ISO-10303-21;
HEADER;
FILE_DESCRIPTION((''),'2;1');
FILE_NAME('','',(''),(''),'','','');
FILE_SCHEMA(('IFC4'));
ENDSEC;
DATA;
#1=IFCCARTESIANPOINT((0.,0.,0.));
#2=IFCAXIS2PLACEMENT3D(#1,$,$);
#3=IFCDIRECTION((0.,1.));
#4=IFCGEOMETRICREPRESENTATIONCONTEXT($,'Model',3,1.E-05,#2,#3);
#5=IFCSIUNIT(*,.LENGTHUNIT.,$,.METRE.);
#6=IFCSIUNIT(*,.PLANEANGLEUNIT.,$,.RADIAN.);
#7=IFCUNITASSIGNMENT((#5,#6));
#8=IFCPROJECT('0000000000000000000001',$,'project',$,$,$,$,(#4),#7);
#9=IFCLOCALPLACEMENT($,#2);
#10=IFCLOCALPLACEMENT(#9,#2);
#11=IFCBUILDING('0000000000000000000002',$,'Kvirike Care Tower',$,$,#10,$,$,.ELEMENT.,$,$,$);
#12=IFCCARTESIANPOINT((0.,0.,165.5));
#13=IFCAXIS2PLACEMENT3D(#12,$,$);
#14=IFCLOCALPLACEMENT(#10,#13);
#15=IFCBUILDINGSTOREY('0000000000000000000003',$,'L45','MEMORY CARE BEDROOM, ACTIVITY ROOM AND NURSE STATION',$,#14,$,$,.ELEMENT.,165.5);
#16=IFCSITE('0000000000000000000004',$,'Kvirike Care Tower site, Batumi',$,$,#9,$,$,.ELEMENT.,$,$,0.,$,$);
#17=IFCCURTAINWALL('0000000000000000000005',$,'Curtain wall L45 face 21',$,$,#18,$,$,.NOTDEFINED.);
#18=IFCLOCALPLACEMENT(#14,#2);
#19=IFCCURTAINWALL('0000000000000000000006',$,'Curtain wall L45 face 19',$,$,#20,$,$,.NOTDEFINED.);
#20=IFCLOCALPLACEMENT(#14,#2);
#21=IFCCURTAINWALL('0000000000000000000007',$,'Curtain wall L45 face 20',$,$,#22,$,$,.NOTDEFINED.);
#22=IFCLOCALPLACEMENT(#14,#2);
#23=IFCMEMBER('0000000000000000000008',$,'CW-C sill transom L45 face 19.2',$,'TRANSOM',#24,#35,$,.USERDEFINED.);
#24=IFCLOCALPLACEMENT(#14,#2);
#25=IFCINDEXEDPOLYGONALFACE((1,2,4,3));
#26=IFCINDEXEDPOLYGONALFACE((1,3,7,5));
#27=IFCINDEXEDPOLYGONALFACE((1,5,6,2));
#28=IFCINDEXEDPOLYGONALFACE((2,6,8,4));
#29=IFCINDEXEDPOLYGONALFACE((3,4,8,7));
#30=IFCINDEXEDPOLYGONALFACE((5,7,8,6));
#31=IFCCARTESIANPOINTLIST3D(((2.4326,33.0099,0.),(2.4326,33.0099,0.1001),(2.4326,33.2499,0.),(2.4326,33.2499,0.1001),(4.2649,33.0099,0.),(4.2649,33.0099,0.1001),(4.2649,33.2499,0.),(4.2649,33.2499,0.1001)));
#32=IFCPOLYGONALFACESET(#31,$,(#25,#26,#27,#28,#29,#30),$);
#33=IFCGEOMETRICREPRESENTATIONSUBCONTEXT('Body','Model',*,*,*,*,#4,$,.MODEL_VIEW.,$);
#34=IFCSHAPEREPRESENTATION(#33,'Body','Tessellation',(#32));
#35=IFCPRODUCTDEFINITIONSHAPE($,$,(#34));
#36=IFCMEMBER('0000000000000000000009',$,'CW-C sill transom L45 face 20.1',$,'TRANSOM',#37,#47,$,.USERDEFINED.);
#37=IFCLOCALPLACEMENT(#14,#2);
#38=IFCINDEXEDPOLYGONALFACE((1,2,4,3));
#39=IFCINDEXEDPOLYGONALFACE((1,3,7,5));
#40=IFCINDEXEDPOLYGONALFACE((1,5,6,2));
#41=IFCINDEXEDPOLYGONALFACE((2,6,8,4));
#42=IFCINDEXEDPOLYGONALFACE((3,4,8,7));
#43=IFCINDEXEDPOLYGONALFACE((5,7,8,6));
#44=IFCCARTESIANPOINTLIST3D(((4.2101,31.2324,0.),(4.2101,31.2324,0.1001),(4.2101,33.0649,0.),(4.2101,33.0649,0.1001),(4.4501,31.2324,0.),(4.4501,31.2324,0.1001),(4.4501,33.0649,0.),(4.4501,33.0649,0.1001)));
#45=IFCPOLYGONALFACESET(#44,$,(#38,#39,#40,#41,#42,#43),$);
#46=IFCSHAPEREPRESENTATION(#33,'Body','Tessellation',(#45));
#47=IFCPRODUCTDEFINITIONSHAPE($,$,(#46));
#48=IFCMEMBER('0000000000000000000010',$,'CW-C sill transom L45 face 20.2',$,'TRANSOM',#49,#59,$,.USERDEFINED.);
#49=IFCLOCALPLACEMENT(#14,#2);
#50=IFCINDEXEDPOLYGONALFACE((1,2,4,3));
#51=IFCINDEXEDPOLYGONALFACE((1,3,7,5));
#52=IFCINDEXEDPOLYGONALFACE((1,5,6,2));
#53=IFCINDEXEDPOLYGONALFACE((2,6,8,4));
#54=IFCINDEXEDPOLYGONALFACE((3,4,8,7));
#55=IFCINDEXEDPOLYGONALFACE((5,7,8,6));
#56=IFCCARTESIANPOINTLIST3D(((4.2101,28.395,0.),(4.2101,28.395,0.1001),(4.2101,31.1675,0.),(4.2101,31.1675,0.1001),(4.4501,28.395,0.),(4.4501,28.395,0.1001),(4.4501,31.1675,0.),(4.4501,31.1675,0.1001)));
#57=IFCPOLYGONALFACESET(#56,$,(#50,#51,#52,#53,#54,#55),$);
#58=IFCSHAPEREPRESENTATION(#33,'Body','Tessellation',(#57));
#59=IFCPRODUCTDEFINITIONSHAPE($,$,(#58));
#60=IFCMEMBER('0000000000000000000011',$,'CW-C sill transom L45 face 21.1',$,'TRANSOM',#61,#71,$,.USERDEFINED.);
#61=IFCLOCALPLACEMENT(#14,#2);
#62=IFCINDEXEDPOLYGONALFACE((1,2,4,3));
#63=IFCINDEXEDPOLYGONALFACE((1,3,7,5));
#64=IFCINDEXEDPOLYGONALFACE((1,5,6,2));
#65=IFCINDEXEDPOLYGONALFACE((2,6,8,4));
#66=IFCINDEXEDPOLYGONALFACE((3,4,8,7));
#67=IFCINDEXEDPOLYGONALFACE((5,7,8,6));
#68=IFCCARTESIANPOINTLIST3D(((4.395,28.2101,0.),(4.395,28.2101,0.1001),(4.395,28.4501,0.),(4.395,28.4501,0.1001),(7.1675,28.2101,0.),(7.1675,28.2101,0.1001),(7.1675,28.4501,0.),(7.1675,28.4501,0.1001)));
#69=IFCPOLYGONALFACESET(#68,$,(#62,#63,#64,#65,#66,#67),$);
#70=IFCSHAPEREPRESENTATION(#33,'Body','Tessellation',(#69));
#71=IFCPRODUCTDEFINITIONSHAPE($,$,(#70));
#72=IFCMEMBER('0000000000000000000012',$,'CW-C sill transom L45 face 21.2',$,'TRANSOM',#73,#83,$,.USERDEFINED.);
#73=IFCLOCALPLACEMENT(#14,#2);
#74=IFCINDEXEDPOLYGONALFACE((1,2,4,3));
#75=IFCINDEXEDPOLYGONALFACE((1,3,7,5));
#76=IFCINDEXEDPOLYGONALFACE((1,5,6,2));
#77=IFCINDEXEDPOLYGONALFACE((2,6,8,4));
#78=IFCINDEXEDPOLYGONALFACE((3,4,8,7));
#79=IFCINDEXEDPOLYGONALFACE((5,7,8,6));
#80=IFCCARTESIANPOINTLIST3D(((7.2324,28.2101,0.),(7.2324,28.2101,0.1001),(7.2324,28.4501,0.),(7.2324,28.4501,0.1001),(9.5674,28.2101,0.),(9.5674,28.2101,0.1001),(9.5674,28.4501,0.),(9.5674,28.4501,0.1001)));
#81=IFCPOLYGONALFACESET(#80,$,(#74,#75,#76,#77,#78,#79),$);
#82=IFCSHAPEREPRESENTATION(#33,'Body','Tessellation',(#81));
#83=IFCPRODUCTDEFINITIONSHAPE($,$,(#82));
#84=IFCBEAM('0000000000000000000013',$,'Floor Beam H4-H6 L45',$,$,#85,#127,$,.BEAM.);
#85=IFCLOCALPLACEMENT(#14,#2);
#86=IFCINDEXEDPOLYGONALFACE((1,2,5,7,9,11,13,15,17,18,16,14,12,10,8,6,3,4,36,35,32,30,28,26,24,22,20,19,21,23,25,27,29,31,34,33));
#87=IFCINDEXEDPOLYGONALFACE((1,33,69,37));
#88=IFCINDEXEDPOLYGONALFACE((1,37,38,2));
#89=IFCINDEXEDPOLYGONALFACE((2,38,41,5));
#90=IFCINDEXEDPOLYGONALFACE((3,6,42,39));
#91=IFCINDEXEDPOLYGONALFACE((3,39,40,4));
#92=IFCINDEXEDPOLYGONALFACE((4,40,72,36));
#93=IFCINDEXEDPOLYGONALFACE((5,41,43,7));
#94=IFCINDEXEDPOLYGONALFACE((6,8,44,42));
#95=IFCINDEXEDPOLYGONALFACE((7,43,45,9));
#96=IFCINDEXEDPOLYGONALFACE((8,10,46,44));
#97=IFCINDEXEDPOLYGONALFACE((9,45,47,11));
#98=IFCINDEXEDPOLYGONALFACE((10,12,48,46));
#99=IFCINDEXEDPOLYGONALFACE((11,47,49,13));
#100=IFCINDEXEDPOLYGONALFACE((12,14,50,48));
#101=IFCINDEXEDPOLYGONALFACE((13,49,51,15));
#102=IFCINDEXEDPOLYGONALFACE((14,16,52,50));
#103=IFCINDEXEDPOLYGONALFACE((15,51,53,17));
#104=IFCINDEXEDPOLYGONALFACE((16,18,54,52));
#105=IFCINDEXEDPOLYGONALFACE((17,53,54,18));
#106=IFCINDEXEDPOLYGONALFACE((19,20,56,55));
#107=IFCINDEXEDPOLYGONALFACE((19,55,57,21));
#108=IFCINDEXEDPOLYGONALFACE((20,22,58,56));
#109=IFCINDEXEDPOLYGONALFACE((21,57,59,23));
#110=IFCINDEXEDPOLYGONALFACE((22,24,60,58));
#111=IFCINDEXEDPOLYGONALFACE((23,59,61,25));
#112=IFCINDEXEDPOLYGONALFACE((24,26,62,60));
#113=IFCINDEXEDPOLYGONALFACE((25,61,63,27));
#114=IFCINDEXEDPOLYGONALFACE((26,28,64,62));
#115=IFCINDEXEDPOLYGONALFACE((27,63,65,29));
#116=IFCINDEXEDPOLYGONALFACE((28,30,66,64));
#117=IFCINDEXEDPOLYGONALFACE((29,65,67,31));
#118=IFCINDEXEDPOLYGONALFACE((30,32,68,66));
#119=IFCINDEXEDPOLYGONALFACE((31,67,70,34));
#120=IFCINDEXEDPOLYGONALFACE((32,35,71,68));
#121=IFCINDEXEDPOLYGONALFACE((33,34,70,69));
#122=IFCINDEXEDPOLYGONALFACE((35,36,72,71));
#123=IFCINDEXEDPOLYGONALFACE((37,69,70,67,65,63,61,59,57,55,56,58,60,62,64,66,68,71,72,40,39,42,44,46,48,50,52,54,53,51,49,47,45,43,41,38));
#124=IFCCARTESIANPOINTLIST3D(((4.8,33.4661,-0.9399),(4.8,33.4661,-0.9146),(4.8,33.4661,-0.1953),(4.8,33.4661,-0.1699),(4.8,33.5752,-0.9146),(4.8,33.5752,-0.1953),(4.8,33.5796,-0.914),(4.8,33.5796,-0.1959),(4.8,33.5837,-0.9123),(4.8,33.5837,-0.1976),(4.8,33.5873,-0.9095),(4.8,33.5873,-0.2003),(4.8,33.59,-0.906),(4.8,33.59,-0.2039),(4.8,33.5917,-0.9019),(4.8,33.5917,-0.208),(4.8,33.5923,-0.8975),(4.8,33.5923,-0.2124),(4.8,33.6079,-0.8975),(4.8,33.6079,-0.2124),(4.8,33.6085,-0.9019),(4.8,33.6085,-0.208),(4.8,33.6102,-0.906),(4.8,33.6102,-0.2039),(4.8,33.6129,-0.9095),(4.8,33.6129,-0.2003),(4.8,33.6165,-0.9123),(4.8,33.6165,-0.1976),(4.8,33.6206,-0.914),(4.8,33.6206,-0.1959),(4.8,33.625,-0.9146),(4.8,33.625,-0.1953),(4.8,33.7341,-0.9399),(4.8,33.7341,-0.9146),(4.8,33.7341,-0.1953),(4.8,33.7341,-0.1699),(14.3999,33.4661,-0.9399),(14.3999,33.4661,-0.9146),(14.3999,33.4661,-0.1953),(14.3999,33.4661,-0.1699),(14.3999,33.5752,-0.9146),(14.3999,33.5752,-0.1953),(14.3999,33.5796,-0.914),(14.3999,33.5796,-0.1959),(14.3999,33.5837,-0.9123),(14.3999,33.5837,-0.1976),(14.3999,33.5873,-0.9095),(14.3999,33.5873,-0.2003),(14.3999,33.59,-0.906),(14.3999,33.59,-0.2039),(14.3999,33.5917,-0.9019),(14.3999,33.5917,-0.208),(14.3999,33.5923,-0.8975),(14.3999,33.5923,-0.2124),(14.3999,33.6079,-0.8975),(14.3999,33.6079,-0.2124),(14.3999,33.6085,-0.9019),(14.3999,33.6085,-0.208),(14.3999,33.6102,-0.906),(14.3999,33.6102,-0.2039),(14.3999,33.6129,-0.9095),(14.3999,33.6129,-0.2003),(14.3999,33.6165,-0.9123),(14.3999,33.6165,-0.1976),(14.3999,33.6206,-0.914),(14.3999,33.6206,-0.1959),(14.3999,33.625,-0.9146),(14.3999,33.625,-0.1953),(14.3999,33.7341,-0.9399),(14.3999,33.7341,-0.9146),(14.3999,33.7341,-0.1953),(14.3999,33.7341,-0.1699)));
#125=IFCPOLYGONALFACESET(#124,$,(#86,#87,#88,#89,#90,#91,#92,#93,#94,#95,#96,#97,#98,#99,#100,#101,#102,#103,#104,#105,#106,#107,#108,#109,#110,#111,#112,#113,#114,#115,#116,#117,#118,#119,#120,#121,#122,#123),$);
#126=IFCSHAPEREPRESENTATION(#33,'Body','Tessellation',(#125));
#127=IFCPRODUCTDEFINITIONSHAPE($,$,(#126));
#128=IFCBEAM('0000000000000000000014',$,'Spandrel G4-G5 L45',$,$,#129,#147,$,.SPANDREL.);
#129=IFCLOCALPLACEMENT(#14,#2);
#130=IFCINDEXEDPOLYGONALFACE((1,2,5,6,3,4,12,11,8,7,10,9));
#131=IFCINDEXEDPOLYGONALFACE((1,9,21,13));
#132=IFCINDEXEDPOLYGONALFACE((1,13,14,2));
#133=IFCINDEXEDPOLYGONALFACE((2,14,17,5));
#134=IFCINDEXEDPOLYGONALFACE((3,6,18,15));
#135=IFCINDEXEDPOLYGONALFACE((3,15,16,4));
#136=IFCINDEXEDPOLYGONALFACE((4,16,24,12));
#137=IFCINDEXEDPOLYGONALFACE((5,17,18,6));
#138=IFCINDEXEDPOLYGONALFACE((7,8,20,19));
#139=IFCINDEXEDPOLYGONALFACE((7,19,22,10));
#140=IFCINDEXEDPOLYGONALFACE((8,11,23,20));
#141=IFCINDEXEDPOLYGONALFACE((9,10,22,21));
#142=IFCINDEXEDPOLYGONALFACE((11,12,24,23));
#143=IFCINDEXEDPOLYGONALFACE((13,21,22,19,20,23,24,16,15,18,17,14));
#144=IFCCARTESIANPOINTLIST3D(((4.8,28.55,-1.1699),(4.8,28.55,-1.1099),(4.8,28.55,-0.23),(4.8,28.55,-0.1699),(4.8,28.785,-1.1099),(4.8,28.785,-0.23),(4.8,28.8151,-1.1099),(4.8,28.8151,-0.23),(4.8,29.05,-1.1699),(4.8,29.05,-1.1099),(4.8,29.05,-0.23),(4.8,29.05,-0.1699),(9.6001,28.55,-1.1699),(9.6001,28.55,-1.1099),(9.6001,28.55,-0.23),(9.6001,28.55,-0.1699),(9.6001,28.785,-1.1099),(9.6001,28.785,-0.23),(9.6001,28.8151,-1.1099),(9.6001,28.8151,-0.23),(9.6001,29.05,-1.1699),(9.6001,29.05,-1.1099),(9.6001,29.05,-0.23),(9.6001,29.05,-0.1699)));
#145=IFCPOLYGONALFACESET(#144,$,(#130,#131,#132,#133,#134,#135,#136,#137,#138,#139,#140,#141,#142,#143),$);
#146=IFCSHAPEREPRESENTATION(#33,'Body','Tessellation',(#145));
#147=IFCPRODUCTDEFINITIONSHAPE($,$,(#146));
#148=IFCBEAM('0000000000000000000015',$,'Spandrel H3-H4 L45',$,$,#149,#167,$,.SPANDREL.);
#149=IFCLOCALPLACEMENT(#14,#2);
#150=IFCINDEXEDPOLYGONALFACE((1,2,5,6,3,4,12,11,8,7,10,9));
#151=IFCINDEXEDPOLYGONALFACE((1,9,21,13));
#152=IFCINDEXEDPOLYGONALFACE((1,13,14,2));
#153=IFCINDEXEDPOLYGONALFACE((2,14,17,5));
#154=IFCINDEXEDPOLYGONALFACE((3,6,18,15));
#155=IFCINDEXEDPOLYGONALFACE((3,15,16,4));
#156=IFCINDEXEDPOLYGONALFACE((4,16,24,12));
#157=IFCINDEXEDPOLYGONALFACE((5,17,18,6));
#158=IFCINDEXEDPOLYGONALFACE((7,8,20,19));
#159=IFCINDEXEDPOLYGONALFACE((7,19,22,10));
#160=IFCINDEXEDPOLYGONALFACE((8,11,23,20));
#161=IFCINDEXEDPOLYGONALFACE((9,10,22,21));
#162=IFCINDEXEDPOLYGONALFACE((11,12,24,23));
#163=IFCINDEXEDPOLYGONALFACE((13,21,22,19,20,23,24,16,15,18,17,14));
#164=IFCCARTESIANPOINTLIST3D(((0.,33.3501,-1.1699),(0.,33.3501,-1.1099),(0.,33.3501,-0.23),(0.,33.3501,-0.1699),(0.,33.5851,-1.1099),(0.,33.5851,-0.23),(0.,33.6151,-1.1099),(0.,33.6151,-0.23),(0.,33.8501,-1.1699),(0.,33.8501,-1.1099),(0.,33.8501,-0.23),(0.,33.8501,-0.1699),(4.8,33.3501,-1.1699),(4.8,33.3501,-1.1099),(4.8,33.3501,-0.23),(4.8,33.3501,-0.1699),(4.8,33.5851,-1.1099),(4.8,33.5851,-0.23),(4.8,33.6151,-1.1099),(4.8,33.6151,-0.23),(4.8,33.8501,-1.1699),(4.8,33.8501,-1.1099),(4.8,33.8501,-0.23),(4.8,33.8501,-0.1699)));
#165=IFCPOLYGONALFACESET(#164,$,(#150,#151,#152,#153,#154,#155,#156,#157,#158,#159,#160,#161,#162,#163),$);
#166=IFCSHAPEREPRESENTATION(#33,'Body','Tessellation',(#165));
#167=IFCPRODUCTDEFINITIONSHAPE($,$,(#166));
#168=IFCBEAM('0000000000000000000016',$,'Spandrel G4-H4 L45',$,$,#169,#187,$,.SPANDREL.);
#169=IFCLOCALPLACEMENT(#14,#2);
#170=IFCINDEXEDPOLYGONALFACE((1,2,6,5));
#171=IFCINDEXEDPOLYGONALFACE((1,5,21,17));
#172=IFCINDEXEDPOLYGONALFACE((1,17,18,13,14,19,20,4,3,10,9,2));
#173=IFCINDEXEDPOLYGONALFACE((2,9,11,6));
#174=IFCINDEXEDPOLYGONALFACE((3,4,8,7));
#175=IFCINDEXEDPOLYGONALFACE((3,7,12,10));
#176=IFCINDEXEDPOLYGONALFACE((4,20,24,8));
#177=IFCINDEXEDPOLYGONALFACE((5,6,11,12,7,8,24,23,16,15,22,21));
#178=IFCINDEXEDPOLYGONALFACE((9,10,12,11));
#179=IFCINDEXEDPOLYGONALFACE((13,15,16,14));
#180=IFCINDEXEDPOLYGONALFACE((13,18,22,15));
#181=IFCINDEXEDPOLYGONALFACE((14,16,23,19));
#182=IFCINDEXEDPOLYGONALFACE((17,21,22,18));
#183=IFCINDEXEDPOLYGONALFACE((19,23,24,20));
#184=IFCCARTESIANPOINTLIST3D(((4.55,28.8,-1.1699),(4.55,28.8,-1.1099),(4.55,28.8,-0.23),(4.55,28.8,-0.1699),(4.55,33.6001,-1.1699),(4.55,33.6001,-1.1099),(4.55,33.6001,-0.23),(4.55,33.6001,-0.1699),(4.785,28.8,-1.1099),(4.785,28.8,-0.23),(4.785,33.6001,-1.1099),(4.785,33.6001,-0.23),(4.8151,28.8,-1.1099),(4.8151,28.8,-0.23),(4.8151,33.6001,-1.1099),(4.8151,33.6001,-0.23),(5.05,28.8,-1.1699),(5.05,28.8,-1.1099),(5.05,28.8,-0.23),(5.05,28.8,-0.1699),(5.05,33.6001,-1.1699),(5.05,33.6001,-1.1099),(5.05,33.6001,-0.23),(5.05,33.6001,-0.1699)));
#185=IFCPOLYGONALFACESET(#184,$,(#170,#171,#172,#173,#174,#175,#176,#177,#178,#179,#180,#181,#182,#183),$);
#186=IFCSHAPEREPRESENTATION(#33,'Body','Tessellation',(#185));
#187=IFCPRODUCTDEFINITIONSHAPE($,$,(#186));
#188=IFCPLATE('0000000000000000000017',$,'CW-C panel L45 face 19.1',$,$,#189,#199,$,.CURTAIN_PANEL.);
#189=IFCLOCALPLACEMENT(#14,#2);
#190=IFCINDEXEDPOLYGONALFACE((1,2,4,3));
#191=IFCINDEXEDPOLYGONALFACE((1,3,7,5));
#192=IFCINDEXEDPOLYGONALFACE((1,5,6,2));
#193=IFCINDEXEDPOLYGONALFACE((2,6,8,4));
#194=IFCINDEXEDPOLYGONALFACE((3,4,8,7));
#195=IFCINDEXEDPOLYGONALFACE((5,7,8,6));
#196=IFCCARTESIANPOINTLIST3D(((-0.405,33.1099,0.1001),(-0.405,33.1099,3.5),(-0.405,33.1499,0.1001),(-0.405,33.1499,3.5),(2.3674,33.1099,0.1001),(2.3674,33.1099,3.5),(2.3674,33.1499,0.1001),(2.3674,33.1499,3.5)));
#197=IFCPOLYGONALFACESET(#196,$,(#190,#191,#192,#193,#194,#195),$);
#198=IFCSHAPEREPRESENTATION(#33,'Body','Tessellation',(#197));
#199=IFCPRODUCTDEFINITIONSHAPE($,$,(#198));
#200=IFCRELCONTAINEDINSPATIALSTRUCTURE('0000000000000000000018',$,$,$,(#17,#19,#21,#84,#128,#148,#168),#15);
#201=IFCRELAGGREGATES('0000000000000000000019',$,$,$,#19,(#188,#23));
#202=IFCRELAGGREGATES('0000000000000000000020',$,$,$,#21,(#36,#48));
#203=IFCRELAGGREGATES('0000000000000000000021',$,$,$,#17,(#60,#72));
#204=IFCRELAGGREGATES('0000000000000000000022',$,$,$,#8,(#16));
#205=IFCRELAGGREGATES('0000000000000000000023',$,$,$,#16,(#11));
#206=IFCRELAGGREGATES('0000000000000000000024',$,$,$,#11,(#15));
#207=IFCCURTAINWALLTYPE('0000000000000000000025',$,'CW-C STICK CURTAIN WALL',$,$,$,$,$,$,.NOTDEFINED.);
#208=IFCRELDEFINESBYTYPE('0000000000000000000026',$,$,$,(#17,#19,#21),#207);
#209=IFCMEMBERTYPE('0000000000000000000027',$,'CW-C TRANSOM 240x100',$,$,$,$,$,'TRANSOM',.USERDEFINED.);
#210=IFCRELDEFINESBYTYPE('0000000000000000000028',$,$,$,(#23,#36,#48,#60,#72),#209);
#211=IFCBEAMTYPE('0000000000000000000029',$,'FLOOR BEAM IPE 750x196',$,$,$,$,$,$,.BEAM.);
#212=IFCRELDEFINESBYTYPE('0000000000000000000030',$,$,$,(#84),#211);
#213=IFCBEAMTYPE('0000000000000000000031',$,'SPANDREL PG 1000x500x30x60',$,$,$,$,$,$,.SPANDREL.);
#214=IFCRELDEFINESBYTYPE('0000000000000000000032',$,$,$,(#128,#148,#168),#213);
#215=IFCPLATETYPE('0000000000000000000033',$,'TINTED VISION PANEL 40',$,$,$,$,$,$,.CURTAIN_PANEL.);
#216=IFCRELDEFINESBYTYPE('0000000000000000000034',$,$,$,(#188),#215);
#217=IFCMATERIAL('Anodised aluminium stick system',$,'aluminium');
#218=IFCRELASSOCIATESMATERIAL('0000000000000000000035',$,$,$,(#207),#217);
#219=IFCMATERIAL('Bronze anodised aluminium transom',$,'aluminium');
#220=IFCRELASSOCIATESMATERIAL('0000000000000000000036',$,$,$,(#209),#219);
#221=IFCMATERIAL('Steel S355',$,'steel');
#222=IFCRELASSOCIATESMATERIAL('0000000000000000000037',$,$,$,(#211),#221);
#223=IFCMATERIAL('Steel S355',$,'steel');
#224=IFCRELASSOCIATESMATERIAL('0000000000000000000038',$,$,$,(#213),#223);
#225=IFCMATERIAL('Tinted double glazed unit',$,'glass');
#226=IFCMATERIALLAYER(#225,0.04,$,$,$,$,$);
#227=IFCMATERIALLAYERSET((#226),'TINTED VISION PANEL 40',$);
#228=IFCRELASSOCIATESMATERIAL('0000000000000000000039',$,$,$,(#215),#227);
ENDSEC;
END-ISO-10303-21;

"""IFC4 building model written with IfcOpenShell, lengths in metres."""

from ifc_helpers import new_model, si_unit, direction, frame, origin, origin_2d, place, context, subcontext, project, spatial, rectangle, i_section, extrude, material, layer, layer_set, material_profile, profile_set, type_object, element, aggregate, save


model = new_model("IFC4")

# Units and contexts
model_context = context("Model", 3, precision=1e-05, world=origin(), true_north=direction((0.0, 1.0)))
body_context = subcontext(model_context, "Body", "Model", "MODEL_VIEW")
ifc_project = project(units=[si_unit("LENGTHUNIT", "METRE"), si_unit("PLANEANGLEUNIT", "RADIAN")], contexts=[model_context])

# Site, building, storey
site_placement = place(None, origin())
site = spatial("IfcSite", under=ifc_project, at=site_placement, Name="Kvirike Care Tower site, Batumi", CompositionType="ELEMENT", RefElevation=0.0)
building_placement = place(site_placement, origin())
building = spatial("IfcBuilding", under=site, at=building_placement, Name="Kvirike Care Tower", CompositionType="ELEMENT")
storey_placement = place(building_placement, frame((0.0, 0.0, 165.5)))
storey = spatial("IfcBuildingStorey", under=building, at=storey_placement, Name="L45", Description="MEMORY CARE BEDROOM, ACTIVITY ROOM AND NURSE STATION", CompositionType="ELEMENT", Elevation=165.5)

# Curtain wall
ifc_material_1 = material(Name="Anodised aluminium stick system", Category="aluminium")
curtain_wall_type = type_object("IfcCurtainWallType", Name="CW-C STICK CURTAIN WALL", PredefinedType="NOTDEFINED", material=ifc_material_1)
curtain_wall_1_placement = place(storey_placement, origin())
curtain_wall_1 = element("IfcCurtainWall", 1, at=curtain_wall_1_placement, inside=storey, type_object=curtain_wall_type, Name="Curtain wall L45 face 21", PredefinedType="NOTDEFINED")

# Curtain walls
curtain_wall_2_placement = place(storey_placement, origin())
curtain_wall_2 = element("IfcCurtainWall", 2, at=curtain_wall_2_placement, inside=storey, type_object=curtain_wall_type, Name="Curtain wall L45 face 19", PredefinedType="NOTDEFINED")
curtain_wall_3_placement = place(storey_placement, origin())
curtain_wall_3 = element("IfcCurtainWall", 3, at=curtain_wall_3_placement, inside=storey, type_object=curtain_wall_type, Name="Curtain wall L45 face 20", PredefinedType="NOTDEFINED")

# Members
ifc_material_2 = material(Name="Bronze anodised aluminium transom", Category="aluminium")
ifc_material_profile_1 = material_profile(ifc_material_2, rectangle(XDim=0.24, YDim=0.1001, at=origin_2d()), Name="CW-C TRANSOM 240x100")
ifc_profile_set_1 = profile_set([ifc_material_profile_1], Name="Bronze anodised aluminium transom")
member_type_1 = type_object("IfcMemberType", Name="CW-C TRANSOM 240x100", ElementType="TRANSOM", PredefinedType="USERDEFINED", material=ifc_profile_set_1)
member_1_placement = place(storey_placement, frame((2.4326, 33.1299, 0.05), z_axis=(1.0, 0.0, 0.0), x_axis=(0.0, 1.0, 0.0)))
member_1 = element("IfcMember", 4, at=member_1_placement, type_object=member_type_1, Name="CW-C sill transom L45 face 19.2", ObjectType="TRANSOM", PredefinedType="USERDEFINED", context=body_context, shape_type="SweptSolid", body=[
    extrude(rectangle(XDim=0.24, YDim=0.1001, at=origin_2d()), origin(), (0.0, 0.0, 1.0), 1.8323),
])
member_2_placement = place(storey_placement, frame((4.3301, 33.0649, 0.05), z_axis=(0.0, -1.0, 0.0), x_axis=(1.0, 0.0, 0.0)))
member_2 = element("IfcMember", 5, at=member_2_placement, type_object=member_type_1, Name="CW-C sill transom L45 face 20.1", ObjectType="TRANSOM", PredefinedType="USERDEFINED", context=body_context, shape_type="SweptSolid", body=[
    extrude(rectangle(XDim=0.24, YDim=0.1001, at=origin_2d()), origin(), (0.0, 0.0, 1.0), 1.8325),
])
member_3_placement = place(storey_placement, frame((4.3301, 31.1675, 0.05), z_axis=(0.0, -1.0, 0.0), x_axis=(1.0, 0.0, 0.0)))
member_3 = element("IfcMember", 6, at=member_3_placement, type_object=member_type_1, Name="CW-C sill transom L45 face 20.2", ObjectType="TRANSOM", PredefinedType="USERDEFINED", context=body_context, shape_type="SweptSolid", body=[
    extrude(rectangle(XDim=0.24, YDim=0.1001, at=origin_2d()), origin(), (0.0, 0.0, 1.0), 2.7725),
])
member_4_placement = place(storey_placement, frame((4.395, 28.3301, 0.05), z_axis=(1.0, 0.0, 0.0), x_axis=(0.0, 1.0, 0.0)))
member_4 = element("IfcMember", 7, at=member_4_placement, type_object=member_type_1, Name="CW-C sill transom L45 face 21.1", ObjectType="TRANSOM", PredefinedType="USERDEFINED", context=body_context, shape_type="SweptSolid", body=[
    extrude(rectangle(XDim=0.24, YDim=0.1001, at=origin_2d()), origin(), (0.0, 0.0, 1.0), 2.7725),
])
member_5_placement = place(storey_placement, frame((7.2324, 28.3301, 0.05), z_axis=(1.0, 0.0, 0.0), x_axis=(0.0, 1.0, 0.0)))
member_5 = element("IfcMember", 8, at=member_5_placement, type_object=member_type_1, Name="CW-C sill transom L45 face 21.2", ObjectType="TRANSOM", PredefinedType="USERDEFINED", context=body_context, shape_type="SweptSolid", body=[
    extrude(rectangle(XDim=0.24, YDim=0.1001, at=origin_2d()), origin(), (0.0, 0.0, 1.0), 2.335),
])

# Beams
ifc_material_3 = material(Name="Steel S355", Category="steel")
ifc_material_profile_2 = material_profile(ifc_material_3, i_section(OverallWidth=0.2681, OverallDepth=0.77, WebThickness=0.0156, FlangeThickness=0.0254, FilletRadius=0.0171, at=origin_2d()), Name="IPE 750x196")
ifc_profile_set_2 = profile_set([ifc_material_profile_2], Name="Steel S355")
beam_type_1 = type_object("IfcBeamType", Name="FLOOR BEAM IPE 750x196", PredefinedType="BEAM", material=ifc_profile_set_2)
beam_placement = place(storey_placement, frame((4.8, 33.6001, -0.5549), z_axis=(1.0, 0.0, 0.0), x_axis=(0.0, 1.0, 0.0)))
element("IfcBeam", 9, at=beam_placement, inside=storey, type_object=beam_type_1, Name="Floor Beam H4-H6 L45", PredefinedType="BEAM", context=body_context, shape_type="SweptSolid", body=[
    extrude(i_section(OverallWidth=0.2681, OverallDepth=0.77, WebThickness=0.0156, FlangeThickness=0.0254, FilletRadius=0.0171, at=origin_2d()), origin(), (0.0, 0.0, 1.0), 9.5999),
])
ifc_material_4 = material(Name="Steel S355", Category="steel")
ifc_material_profile_3 = material_profile(ifc_material_4, i_section(OverallWidth=0.5, OverallDepth=1.0, WebThickness=0.03, FlangeThickness=0.0601, at=origin_2d()), Name="PG 1000x500x30x60")
ifc_profile_set_3 = profile_set([ifc_material_profile_3], Name="Steel S355")
beam_type_2 = type_object("IfcBeamType", Name="SPANDREL PG 1000x500x30x60", PredefinedType="SPANDREL", material=ifc_profile_set_3)
for number, where, z_axis, x_axis, name in (
    (10, (4.8, 28.8, -0.6699), (1.0, 0.0, 0.0), (0.0, 1.0, 0.0), "Spandrel G4-G5 L45"),
    (11, (0.0, 33.6001, -0.6699), (1.0, 0.0, 0.0), (0.0, 1.0, 0.0), "Spandrel H3-H4 L45"),
    (12, (4.8, 28.8, -0.6699), (0.0, 1.0, 0.0), (-1.0, 0.0, 0.0), "Spandrel G4-H4 L45"),
):
    element("IfcBeam", number, at=place(storey_placement, frame(where, z_axis=z_axis, x_axis=x_axis)), inside=storey, type_object=beam_type_2, Name=name, PredefinedType="SPANDREL", context=body_context, shape_type="SweptSolid", body=[
        extrude(i_section(OverallWidth=0.5, OverallDepth=1.0, WebThickness=0.03, FlangeThickness=0.0601, at=origin_2d()), origin(), (0.0, 0.0, 1.0), 4.8),
    ])

# Plate
ifc_material_5 = material(Name="Tinted double glazed unit", Category="glass")
ifc_layer_1 = layer(ifc_material_5, 0.04)
ifc_layer_set_1 = layer_set([ifc_layer_1], Name="TINTED VISION PANEL 40")
plate_type = type_object("IfcPlateType", Name="TINTED VISION PANEL 40", PredefinedType="CURTAIN_PANEL", material=ifc_layer_set_1)
plate_1_placement = place(storey_placement, frame((0.9812, 33.1299, 0.1001), z_axis=(0.0, 0.0, 1.0), x_axis=(1.0, 0.0, 0.0)))
plate_1 = element("IfcPlate", 13, at=plate_1_placement, type_object=plate_type, Name="CW-C panel L45 face 19.1", PredefinedType="CURTAIN_PANEL", context=body_context, shape_type="SweptSolid", body=[
    extrude(rectangle(XDim=2.7725, YDim=0.04, at=origin_2d()), origin(), (0.0, 0.0, 1.0), 3.3999),
])
aggregate(curtain_wall_2, [plate_1, member_1])
aggregate(curtain_wall_3, [member_2, member_3])
aggregate(curtain_wall_1, [member_4, member_5])

save(model, "model.ifc")
